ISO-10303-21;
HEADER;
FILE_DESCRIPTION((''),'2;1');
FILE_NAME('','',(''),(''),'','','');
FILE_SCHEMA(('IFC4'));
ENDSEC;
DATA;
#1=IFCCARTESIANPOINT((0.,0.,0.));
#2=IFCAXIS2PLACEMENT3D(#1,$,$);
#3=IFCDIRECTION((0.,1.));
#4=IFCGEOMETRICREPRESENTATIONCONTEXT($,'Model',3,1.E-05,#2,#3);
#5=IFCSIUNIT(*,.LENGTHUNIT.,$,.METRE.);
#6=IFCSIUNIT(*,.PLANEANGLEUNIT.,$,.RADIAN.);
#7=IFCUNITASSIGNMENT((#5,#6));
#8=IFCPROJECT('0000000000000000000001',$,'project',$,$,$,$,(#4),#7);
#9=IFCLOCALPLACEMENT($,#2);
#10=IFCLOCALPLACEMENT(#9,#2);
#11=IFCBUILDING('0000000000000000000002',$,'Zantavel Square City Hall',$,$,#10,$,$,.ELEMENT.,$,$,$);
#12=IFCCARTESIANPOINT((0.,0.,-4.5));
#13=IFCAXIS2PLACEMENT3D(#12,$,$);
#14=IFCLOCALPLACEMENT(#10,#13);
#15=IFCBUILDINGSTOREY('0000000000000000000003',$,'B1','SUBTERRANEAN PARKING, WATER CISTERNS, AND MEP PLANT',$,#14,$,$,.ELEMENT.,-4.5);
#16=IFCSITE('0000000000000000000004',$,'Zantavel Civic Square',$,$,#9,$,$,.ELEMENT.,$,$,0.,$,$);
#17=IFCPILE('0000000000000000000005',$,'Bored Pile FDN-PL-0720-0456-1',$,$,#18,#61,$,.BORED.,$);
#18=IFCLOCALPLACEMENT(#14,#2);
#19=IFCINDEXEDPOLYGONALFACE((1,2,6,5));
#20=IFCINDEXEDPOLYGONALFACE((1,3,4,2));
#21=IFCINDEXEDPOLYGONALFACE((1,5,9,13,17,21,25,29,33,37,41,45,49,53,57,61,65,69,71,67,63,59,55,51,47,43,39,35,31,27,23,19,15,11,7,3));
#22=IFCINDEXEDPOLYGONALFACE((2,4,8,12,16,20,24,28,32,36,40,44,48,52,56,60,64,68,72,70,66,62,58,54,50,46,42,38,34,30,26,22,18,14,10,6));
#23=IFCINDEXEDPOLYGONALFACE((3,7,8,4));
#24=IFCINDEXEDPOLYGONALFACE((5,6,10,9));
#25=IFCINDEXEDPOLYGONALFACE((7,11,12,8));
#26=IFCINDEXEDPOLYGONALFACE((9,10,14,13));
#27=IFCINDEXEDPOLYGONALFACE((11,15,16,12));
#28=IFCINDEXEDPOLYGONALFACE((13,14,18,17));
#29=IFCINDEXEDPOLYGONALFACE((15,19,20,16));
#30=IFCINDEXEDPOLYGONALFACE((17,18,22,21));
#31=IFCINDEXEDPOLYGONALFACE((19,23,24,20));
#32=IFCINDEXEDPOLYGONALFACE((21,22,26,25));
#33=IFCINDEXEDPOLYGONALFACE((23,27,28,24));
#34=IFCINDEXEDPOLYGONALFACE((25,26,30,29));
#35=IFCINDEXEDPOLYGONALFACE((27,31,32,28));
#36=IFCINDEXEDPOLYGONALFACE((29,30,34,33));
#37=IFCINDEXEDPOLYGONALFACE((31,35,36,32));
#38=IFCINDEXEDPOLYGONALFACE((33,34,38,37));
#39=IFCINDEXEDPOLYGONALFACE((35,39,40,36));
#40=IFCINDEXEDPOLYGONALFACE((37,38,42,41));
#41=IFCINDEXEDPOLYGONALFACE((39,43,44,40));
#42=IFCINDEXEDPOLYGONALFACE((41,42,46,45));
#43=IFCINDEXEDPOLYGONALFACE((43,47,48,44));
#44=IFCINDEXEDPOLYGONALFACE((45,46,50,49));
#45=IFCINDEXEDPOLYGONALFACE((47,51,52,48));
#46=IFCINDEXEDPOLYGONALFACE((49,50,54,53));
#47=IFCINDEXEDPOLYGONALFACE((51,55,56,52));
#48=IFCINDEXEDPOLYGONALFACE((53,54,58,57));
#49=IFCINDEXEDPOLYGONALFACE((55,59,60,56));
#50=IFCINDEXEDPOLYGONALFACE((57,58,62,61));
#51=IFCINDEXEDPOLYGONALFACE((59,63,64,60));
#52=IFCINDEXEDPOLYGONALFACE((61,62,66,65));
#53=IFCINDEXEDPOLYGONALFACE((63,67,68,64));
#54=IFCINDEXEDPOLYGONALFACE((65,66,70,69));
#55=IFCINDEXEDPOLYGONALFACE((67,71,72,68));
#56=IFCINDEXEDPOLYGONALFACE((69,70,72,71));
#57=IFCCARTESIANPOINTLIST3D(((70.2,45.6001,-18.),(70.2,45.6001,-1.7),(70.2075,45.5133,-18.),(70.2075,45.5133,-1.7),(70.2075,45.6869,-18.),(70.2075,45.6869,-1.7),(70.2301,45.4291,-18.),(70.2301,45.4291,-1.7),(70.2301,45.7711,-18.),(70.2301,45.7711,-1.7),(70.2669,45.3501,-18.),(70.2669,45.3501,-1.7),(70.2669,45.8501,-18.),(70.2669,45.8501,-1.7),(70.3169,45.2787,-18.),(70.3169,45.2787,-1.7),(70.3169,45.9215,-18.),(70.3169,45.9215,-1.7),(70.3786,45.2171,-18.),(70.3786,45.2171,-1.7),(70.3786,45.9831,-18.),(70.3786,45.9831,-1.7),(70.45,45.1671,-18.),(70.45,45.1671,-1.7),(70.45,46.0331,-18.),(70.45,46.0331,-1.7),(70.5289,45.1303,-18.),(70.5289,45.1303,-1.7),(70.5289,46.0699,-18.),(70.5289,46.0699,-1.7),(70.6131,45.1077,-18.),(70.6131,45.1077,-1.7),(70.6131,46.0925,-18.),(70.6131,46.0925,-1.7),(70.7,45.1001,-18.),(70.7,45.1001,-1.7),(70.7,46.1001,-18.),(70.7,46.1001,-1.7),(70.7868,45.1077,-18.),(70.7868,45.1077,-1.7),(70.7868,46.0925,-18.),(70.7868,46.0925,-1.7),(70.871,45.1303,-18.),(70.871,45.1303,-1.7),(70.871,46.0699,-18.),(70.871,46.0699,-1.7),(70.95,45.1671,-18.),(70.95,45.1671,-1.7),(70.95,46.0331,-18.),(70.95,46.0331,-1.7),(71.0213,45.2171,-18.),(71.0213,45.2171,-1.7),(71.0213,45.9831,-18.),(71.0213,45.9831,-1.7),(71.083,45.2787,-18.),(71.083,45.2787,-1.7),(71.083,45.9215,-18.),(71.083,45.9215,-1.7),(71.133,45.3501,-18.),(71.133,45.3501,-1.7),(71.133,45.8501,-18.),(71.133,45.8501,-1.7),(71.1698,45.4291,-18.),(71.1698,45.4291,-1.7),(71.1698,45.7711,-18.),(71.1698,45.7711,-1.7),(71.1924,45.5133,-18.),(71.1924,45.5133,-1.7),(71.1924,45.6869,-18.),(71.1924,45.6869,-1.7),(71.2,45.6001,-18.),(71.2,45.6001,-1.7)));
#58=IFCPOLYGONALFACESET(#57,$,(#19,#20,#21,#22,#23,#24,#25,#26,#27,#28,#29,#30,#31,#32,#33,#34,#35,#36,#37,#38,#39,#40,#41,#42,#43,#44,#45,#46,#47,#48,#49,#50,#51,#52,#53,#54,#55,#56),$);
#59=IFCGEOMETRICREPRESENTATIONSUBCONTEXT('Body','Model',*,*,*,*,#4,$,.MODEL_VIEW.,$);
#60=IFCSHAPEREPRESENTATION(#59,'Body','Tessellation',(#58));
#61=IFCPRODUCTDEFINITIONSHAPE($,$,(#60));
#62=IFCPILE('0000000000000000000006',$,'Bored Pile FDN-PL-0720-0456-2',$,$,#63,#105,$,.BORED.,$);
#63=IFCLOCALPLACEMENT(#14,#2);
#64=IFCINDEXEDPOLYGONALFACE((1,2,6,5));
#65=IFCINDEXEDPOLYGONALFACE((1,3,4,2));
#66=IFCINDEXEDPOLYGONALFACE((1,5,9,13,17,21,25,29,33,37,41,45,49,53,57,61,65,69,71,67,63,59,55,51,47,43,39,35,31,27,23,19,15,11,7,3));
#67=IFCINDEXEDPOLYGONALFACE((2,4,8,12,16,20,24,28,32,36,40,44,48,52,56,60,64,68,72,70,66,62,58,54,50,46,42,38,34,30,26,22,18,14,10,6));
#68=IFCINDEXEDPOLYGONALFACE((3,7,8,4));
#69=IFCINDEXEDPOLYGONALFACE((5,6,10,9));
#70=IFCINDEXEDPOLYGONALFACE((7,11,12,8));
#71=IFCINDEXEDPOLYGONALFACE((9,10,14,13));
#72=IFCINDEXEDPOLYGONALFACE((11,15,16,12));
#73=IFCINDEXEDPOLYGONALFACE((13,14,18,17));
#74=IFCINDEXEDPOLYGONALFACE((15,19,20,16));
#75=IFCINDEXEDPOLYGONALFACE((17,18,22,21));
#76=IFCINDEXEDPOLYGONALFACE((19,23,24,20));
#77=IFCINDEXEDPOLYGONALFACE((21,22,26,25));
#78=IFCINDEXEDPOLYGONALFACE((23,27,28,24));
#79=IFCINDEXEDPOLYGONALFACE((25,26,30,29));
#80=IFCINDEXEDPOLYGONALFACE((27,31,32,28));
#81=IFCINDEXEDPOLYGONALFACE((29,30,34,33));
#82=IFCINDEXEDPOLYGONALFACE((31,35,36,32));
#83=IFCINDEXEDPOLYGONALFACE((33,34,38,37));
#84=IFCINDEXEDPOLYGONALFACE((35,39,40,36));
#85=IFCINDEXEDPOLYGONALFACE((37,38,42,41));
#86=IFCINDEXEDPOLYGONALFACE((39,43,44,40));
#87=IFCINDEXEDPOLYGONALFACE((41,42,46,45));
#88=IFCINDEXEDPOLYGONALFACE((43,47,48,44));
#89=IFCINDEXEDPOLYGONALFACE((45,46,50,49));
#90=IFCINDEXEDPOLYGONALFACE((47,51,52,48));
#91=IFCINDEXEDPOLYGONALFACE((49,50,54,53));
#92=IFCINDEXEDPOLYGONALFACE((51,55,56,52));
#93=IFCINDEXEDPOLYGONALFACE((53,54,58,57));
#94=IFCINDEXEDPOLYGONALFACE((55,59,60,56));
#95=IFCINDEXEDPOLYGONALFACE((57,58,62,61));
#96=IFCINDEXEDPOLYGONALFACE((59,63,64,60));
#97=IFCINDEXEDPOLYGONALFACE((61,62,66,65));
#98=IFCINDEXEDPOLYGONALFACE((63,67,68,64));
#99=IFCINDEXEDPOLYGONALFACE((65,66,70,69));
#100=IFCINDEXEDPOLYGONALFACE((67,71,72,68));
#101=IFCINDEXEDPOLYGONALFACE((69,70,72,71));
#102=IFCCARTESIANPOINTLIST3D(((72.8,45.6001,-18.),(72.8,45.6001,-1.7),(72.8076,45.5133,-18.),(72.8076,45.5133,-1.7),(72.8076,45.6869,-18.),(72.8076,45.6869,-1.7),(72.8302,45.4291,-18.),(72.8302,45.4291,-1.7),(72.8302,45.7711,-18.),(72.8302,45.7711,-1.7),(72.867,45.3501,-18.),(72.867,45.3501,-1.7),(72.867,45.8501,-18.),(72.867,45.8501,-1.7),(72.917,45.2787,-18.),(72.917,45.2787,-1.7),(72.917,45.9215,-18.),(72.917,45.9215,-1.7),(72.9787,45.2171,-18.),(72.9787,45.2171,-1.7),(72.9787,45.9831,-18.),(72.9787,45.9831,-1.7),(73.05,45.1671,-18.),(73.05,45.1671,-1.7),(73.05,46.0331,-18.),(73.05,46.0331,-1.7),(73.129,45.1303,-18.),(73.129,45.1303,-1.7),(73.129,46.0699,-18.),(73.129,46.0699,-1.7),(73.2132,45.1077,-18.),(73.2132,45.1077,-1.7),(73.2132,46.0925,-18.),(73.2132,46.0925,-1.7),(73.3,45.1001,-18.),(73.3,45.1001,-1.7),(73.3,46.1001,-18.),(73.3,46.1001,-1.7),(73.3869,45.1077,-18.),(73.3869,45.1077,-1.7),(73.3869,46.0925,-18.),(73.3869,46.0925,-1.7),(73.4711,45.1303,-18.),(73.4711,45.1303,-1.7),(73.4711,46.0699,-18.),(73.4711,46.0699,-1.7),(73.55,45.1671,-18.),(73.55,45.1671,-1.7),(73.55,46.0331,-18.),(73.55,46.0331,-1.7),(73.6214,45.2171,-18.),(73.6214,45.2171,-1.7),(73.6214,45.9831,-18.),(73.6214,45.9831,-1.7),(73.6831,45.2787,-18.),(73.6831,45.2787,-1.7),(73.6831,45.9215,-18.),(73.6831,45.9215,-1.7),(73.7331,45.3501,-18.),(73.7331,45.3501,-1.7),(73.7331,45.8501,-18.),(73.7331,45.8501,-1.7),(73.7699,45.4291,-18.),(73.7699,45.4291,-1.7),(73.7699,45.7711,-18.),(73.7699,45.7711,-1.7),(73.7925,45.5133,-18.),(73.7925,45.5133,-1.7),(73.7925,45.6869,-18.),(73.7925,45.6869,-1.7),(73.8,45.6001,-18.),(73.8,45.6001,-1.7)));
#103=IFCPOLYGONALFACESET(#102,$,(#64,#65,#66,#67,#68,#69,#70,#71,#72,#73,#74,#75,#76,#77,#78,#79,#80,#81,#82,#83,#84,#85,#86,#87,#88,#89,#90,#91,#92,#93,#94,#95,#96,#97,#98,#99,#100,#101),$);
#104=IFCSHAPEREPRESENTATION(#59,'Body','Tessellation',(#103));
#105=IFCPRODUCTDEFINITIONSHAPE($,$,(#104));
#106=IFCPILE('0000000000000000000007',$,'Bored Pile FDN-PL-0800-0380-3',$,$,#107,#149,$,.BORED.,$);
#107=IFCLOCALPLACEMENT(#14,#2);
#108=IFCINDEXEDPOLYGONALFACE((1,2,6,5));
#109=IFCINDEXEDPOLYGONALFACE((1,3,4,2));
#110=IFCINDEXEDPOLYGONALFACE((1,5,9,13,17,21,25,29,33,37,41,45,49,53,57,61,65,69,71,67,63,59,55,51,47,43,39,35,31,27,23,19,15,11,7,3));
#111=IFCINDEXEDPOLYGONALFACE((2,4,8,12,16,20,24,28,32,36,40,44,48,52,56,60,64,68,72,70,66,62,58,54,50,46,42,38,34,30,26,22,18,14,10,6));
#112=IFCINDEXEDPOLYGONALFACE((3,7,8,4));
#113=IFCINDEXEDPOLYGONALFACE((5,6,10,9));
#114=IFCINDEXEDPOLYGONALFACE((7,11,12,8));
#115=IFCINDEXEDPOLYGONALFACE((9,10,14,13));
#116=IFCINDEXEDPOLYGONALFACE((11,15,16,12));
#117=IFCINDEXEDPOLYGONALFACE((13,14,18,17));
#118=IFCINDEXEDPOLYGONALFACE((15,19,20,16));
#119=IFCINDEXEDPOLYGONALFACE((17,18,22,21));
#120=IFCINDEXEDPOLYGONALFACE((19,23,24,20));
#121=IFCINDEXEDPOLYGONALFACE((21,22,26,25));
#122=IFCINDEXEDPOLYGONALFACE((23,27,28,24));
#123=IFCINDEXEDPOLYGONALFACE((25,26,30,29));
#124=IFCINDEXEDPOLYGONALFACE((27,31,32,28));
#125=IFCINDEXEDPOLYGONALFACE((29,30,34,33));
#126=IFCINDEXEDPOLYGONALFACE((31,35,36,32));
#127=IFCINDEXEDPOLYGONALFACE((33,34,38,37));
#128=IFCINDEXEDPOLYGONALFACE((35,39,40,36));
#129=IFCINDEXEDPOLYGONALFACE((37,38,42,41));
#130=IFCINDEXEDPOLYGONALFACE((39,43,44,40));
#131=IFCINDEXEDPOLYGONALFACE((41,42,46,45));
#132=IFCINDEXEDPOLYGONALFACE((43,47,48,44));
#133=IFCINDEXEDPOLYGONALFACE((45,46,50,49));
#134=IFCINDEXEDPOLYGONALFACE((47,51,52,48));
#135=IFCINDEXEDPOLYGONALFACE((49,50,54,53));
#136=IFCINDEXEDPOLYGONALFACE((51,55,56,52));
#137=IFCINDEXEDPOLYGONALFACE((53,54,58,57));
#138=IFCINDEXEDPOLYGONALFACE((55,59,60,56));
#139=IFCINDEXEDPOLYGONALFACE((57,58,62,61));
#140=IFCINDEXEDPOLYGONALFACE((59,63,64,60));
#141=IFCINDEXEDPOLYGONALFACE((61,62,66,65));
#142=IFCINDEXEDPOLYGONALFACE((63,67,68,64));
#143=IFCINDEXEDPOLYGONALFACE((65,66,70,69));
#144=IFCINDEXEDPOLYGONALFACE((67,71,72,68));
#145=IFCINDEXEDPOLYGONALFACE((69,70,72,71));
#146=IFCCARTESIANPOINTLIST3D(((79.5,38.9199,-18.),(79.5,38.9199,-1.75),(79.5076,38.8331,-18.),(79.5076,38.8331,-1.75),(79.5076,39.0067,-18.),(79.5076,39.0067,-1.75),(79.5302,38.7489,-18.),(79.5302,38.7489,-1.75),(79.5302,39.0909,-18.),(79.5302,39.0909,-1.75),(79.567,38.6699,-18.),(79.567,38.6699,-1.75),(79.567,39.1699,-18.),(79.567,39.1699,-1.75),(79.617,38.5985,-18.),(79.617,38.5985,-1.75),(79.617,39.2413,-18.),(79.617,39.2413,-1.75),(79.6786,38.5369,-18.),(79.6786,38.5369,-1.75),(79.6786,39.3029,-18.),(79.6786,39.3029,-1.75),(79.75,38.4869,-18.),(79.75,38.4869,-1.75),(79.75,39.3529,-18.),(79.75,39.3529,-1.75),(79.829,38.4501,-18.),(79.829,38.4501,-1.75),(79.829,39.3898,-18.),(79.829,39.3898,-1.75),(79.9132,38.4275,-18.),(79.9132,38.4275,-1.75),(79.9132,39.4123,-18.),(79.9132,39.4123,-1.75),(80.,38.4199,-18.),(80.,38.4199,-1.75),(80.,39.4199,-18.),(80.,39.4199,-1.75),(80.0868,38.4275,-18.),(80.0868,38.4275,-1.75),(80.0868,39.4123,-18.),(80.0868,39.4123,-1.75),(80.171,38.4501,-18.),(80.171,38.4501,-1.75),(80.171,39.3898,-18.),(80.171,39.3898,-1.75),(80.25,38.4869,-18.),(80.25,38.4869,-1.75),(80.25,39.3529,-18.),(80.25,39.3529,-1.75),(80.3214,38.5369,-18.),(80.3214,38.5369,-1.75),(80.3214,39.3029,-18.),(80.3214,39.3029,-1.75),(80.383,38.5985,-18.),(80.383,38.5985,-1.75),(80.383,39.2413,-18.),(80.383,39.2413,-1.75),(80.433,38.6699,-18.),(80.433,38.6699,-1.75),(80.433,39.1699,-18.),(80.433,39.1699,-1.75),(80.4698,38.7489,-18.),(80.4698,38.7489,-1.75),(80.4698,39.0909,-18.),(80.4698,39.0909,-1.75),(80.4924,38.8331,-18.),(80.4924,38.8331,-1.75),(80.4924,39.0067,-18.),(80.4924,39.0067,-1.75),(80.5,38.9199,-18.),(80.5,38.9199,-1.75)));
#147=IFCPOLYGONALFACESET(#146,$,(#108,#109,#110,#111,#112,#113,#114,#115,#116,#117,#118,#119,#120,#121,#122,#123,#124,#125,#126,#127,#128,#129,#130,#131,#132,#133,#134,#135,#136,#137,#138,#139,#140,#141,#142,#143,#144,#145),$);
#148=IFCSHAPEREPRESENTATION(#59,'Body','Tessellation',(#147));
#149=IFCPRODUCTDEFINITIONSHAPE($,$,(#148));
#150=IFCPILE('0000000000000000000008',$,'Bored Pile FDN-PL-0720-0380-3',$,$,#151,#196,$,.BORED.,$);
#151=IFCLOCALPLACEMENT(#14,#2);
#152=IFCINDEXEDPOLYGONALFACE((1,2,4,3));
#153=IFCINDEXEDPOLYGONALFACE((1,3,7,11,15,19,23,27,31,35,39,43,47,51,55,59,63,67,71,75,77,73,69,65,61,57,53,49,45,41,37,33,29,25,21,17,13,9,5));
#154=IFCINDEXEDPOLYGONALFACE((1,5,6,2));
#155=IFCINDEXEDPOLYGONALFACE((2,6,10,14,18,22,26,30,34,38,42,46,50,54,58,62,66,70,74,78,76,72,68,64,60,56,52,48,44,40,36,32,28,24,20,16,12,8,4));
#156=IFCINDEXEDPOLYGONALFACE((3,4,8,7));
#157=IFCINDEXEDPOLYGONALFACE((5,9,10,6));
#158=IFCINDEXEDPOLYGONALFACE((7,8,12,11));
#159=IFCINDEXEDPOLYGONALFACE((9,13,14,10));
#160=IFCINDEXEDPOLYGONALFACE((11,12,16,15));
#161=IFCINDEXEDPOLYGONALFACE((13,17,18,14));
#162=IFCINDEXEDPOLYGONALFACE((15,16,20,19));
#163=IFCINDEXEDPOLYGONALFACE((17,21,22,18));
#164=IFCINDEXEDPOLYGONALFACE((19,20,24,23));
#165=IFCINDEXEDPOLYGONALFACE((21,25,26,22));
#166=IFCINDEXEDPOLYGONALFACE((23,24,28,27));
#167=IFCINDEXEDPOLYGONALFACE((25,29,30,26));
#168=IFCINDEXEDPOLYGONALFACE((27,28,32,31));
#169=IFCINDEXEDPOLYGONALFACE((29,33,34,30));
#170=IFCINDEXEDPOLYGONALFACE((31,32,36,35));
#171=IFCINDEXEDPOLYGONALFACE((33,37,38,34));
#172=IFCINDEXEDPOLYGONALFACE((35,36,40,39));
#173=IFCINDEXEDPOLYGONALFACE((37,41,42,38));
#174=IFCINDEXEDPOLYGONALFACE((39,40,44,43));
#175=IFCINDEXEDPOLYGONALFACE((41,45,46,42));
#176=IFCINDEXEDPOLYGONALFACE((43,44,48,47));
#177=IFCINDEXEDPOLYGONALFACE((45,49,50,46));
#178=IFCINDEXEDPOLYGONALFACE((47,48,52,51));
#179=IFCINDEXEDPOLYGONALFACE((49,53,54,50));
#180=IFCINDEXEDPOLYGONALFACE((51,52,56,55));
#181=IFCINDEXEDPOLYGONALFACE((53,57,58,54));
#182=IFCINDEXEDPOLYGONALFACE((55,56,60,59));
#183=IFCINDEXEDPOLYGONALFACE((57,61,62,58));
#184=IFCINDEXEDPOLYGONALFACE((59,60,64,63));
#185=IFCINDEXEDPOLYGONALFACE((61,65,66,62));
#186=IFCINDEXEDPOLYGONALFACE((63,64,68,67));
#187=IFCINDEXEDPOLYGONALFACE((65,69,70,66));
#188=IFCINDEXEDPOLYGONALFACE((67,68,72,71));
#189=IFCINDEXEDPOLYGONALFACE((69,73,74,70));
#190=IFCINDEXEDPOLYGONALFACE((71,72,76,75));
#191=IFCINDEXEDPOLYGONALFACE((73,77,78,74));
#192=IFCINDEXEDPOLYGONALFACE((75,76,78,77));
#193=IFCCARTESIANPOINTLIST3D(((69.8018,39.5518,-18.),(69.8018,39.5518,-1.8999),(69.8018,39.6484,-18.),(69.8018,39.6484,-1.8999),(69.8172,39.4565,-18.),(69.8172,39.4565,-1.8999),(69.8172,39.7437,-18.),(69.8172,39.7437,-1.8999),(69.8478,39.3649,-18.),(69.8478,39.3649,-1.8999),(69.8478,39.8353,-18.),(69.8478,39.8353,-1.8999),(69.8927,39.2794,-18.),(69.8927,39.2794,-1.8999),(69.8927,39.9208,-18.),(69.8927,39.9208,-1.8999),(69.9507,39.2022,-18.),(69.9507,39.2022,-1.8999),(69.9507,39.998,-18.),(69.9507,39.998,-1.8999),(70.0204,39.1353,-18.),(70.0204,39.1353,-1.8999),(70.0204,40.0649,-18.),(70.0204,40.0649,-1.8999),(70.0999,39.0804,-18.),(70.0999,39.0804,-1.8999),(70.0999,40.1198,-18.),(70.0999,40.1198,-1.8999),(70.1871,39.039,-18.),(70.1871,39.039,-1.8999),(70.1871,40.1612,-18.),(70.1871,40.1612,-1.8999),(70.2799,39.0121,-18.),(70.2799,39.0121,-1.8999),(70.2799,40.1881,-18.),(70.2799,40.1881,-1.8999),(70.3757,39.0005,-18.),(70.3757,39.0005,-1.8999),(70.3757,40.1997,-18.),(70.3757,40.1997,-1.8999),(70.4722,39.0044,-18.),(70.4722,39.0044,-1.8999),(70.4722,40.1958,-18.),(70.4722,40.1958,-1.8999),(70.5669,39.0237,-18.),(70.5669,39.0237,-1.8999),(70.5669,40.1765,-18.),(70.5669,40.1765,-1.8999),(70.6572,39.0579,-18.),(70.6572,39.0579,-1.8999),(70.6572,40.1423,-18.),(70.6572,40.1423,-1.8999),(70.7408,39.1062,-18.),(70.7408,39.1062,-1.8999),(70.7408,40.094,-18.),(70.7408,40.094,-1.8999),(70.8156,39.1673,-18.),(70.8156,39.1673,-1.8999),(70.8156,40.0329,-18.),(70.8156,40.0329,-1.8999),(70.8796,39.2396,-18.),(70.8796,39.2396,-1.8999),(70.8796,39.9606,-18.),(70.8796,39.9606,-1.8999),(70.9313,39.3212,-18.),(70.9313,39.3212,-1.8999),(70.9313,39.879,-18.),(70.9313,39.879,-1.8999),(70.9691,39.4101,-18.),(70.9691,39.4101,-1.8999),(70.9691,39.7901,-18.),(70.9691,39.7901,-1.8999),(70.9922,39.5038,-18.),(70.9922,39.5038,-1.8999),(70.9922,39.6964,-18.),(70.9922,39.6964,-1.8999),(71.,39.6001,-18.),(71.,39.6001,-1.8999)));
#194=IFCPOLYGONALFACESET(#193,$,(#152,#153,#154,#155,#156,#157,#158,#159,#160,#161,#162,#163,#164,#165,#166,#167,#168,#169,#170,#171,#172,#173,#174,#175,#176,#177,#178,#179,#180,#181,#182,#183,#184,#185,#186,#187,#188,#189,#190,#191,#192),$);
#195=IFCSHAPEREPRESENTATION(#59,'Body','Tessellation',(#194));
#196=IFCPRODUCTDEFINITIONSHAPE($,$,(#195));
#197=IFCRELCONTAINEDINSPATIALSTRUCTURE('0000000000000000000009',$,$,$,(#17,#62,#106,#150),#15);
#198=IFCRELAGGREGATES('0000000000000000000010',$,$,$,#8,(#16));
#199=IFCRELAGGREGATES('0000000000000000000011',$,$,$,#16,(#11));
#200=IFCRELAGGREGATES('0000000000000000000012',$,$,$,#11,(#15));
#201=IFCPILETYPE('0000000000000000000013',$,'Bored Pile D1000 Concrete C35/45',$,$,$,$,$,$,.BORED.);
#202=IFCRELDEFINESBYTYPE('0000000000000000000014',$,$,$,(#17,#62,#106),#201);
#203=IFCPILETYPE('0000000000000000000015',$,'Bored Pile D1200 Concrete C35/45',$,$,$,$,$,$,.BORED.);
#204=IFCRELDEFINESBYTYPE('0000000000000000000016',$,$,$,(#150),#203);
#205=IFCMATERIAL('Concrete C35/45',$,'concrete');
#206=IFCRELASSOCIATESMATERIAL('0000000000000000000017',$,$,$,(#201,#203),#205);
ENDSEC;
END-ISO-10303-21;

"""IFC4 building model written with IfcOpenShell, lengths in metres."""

from ifc_helpers import new_model, si_unit, direction, frame, origin, origin_2d, place, context, subcontext, project, spatial, circle, extrude, material, material_profile, profile_set, type_object, element, save


model = new_model("IFC4")

# Units and contexts
model_context = context("Model", 3, precision=1e-05, world=origin(), true_north=direction((0.0, 1.0)))
body_context = subcontext(model_context, "Body", "Model", "MODEL_VIEW")
ifc_project = project(units=[si_unit("LENGTHUNIT", "METRE"), si_unit("PLANEANGLEUNIT", "RADIAN")], contexts=[model_context])

# Site, building, storey
site_placement = place(None, origin())
site = spatial("IfcSite", under=ifc_project, at=site_placement, Name="Zantavel Civic Square", CompositionType="ELEMENT", RefElevation=0.0)
building_placement = place(site_placement, origin())
building = spatial("IfcBuilding", under=site, at=building_placement, Name="Zantavel Square City Hall", CompositionType="ELEMENT")
storey_placement = place(building_placement, frame((0.0, 0.0, -4.5)))
storey = spatial("IfcBuildingStorey", under=building, at=storey_placement, Name="B1", Description="SUBTERRANEAN PARKING, WATER CISTERNS, AND MEP PLANT", CompositionType="ELEMENT", Elevation=-4.5)

# Piles
ifc_material_1 = material(Name="Concrete C35/45", Category="concrete")
ifc_material_profile_1 = material_profile(ifc_material_1, circle(Radius=0.5, at=origin_2d()), Name="PILE D1000")
ifc_profile_set_1 = profile_set([ifc_material_profile_1], Name="Concrete C35/45")
pile_type_1 = type_object("IfcPileType", Name="Bored Pile D1000 Concrete C35/45", PredefinedType="BORED", material=ifc_profile_set_1)
for number, where, z_axis, x_axis, name in (
    (1, (70.7, 45.6001, -1.7), (0.0, 0.0, -1.0), (1.0, 0.0, 0.0), "Bored Pile FDN-PL-0720-0456-1"),
    (2, (73.3, 45.6001, -1.7), (0.0, 0.0, -1.0), (1.0, 0.0, 0.0), "Bored Pile FDN-PL-0720-0456-2"),
):
    element("IfcPile", number, at=place(storey_placement, frame(where, z_axis=z_axis, x_axis=x_axis)), inside=storey, type_object=pile_type_1, Name=name, PredefinedType="BORED", context=body_context, shape_type="SweptSolid", body=[
        extrude(circle(Radius=0.5, at=origin_2d()), origin(), (0.0, 0.0, 1.0), 16.3),
    ])
pile_placement = place(storey_placement, frame((80.0, 38.9199, -1.75), z_axis=(0.0, 0.0, -1.0), x_axis=(1.0, 0.0, 0.0)))
element("IfcPile", 3, at=pile_placement, inside=storey, type_object=pile_type_1, Name="Bored Pile FDN-PL-0800-0380-3", PredefinedType="BORED", context=body_context, shape_type="SweptSolid", body=[
    extrude(circle(Radius=0.5, at=origin_2d()), origin(), (0.0, 0.0, 1.0), 16.25),
])
ifc_material_profile_2 = material_profile(ifc_material_1, circle(Radius=0.6001, at=origin_2d()), Name="PILE D1200")
ifc_profile_set_2 = profile_set([ifc_material_profile_2], Name="Concrete C35/45")
pile_type_2 = type_object("IfcPileType", Name="Bored Pile D1200 Concrete C35/45", PredefinedType="BORED", material=ifc_profile_set_2)
for number, where, z_axis, x_axis, name in (
    (4, (70.3999, 39.6001, -1.8999), (0.0, 0.0, -1.0), (1.0, 0.0, 0.0), "Bored Pile FDN-PL-0720-0380-3"),
):
    element("IfcPile", number, at=place(storey_placement, frame(where, z_axis=z_axis, x_axis=x_axis)), inside=storey, type_object=pile_type_2, Name=name, PredefinedType="BORED", context=body_context, shape_type="SweptSolid", body=[
        extrude(circle(Radius=0.6001, at=origin_2d()), origin(), (0.0, 0.0, 1.0), 16.1001),
    ])

save(model, "model.ifc")
